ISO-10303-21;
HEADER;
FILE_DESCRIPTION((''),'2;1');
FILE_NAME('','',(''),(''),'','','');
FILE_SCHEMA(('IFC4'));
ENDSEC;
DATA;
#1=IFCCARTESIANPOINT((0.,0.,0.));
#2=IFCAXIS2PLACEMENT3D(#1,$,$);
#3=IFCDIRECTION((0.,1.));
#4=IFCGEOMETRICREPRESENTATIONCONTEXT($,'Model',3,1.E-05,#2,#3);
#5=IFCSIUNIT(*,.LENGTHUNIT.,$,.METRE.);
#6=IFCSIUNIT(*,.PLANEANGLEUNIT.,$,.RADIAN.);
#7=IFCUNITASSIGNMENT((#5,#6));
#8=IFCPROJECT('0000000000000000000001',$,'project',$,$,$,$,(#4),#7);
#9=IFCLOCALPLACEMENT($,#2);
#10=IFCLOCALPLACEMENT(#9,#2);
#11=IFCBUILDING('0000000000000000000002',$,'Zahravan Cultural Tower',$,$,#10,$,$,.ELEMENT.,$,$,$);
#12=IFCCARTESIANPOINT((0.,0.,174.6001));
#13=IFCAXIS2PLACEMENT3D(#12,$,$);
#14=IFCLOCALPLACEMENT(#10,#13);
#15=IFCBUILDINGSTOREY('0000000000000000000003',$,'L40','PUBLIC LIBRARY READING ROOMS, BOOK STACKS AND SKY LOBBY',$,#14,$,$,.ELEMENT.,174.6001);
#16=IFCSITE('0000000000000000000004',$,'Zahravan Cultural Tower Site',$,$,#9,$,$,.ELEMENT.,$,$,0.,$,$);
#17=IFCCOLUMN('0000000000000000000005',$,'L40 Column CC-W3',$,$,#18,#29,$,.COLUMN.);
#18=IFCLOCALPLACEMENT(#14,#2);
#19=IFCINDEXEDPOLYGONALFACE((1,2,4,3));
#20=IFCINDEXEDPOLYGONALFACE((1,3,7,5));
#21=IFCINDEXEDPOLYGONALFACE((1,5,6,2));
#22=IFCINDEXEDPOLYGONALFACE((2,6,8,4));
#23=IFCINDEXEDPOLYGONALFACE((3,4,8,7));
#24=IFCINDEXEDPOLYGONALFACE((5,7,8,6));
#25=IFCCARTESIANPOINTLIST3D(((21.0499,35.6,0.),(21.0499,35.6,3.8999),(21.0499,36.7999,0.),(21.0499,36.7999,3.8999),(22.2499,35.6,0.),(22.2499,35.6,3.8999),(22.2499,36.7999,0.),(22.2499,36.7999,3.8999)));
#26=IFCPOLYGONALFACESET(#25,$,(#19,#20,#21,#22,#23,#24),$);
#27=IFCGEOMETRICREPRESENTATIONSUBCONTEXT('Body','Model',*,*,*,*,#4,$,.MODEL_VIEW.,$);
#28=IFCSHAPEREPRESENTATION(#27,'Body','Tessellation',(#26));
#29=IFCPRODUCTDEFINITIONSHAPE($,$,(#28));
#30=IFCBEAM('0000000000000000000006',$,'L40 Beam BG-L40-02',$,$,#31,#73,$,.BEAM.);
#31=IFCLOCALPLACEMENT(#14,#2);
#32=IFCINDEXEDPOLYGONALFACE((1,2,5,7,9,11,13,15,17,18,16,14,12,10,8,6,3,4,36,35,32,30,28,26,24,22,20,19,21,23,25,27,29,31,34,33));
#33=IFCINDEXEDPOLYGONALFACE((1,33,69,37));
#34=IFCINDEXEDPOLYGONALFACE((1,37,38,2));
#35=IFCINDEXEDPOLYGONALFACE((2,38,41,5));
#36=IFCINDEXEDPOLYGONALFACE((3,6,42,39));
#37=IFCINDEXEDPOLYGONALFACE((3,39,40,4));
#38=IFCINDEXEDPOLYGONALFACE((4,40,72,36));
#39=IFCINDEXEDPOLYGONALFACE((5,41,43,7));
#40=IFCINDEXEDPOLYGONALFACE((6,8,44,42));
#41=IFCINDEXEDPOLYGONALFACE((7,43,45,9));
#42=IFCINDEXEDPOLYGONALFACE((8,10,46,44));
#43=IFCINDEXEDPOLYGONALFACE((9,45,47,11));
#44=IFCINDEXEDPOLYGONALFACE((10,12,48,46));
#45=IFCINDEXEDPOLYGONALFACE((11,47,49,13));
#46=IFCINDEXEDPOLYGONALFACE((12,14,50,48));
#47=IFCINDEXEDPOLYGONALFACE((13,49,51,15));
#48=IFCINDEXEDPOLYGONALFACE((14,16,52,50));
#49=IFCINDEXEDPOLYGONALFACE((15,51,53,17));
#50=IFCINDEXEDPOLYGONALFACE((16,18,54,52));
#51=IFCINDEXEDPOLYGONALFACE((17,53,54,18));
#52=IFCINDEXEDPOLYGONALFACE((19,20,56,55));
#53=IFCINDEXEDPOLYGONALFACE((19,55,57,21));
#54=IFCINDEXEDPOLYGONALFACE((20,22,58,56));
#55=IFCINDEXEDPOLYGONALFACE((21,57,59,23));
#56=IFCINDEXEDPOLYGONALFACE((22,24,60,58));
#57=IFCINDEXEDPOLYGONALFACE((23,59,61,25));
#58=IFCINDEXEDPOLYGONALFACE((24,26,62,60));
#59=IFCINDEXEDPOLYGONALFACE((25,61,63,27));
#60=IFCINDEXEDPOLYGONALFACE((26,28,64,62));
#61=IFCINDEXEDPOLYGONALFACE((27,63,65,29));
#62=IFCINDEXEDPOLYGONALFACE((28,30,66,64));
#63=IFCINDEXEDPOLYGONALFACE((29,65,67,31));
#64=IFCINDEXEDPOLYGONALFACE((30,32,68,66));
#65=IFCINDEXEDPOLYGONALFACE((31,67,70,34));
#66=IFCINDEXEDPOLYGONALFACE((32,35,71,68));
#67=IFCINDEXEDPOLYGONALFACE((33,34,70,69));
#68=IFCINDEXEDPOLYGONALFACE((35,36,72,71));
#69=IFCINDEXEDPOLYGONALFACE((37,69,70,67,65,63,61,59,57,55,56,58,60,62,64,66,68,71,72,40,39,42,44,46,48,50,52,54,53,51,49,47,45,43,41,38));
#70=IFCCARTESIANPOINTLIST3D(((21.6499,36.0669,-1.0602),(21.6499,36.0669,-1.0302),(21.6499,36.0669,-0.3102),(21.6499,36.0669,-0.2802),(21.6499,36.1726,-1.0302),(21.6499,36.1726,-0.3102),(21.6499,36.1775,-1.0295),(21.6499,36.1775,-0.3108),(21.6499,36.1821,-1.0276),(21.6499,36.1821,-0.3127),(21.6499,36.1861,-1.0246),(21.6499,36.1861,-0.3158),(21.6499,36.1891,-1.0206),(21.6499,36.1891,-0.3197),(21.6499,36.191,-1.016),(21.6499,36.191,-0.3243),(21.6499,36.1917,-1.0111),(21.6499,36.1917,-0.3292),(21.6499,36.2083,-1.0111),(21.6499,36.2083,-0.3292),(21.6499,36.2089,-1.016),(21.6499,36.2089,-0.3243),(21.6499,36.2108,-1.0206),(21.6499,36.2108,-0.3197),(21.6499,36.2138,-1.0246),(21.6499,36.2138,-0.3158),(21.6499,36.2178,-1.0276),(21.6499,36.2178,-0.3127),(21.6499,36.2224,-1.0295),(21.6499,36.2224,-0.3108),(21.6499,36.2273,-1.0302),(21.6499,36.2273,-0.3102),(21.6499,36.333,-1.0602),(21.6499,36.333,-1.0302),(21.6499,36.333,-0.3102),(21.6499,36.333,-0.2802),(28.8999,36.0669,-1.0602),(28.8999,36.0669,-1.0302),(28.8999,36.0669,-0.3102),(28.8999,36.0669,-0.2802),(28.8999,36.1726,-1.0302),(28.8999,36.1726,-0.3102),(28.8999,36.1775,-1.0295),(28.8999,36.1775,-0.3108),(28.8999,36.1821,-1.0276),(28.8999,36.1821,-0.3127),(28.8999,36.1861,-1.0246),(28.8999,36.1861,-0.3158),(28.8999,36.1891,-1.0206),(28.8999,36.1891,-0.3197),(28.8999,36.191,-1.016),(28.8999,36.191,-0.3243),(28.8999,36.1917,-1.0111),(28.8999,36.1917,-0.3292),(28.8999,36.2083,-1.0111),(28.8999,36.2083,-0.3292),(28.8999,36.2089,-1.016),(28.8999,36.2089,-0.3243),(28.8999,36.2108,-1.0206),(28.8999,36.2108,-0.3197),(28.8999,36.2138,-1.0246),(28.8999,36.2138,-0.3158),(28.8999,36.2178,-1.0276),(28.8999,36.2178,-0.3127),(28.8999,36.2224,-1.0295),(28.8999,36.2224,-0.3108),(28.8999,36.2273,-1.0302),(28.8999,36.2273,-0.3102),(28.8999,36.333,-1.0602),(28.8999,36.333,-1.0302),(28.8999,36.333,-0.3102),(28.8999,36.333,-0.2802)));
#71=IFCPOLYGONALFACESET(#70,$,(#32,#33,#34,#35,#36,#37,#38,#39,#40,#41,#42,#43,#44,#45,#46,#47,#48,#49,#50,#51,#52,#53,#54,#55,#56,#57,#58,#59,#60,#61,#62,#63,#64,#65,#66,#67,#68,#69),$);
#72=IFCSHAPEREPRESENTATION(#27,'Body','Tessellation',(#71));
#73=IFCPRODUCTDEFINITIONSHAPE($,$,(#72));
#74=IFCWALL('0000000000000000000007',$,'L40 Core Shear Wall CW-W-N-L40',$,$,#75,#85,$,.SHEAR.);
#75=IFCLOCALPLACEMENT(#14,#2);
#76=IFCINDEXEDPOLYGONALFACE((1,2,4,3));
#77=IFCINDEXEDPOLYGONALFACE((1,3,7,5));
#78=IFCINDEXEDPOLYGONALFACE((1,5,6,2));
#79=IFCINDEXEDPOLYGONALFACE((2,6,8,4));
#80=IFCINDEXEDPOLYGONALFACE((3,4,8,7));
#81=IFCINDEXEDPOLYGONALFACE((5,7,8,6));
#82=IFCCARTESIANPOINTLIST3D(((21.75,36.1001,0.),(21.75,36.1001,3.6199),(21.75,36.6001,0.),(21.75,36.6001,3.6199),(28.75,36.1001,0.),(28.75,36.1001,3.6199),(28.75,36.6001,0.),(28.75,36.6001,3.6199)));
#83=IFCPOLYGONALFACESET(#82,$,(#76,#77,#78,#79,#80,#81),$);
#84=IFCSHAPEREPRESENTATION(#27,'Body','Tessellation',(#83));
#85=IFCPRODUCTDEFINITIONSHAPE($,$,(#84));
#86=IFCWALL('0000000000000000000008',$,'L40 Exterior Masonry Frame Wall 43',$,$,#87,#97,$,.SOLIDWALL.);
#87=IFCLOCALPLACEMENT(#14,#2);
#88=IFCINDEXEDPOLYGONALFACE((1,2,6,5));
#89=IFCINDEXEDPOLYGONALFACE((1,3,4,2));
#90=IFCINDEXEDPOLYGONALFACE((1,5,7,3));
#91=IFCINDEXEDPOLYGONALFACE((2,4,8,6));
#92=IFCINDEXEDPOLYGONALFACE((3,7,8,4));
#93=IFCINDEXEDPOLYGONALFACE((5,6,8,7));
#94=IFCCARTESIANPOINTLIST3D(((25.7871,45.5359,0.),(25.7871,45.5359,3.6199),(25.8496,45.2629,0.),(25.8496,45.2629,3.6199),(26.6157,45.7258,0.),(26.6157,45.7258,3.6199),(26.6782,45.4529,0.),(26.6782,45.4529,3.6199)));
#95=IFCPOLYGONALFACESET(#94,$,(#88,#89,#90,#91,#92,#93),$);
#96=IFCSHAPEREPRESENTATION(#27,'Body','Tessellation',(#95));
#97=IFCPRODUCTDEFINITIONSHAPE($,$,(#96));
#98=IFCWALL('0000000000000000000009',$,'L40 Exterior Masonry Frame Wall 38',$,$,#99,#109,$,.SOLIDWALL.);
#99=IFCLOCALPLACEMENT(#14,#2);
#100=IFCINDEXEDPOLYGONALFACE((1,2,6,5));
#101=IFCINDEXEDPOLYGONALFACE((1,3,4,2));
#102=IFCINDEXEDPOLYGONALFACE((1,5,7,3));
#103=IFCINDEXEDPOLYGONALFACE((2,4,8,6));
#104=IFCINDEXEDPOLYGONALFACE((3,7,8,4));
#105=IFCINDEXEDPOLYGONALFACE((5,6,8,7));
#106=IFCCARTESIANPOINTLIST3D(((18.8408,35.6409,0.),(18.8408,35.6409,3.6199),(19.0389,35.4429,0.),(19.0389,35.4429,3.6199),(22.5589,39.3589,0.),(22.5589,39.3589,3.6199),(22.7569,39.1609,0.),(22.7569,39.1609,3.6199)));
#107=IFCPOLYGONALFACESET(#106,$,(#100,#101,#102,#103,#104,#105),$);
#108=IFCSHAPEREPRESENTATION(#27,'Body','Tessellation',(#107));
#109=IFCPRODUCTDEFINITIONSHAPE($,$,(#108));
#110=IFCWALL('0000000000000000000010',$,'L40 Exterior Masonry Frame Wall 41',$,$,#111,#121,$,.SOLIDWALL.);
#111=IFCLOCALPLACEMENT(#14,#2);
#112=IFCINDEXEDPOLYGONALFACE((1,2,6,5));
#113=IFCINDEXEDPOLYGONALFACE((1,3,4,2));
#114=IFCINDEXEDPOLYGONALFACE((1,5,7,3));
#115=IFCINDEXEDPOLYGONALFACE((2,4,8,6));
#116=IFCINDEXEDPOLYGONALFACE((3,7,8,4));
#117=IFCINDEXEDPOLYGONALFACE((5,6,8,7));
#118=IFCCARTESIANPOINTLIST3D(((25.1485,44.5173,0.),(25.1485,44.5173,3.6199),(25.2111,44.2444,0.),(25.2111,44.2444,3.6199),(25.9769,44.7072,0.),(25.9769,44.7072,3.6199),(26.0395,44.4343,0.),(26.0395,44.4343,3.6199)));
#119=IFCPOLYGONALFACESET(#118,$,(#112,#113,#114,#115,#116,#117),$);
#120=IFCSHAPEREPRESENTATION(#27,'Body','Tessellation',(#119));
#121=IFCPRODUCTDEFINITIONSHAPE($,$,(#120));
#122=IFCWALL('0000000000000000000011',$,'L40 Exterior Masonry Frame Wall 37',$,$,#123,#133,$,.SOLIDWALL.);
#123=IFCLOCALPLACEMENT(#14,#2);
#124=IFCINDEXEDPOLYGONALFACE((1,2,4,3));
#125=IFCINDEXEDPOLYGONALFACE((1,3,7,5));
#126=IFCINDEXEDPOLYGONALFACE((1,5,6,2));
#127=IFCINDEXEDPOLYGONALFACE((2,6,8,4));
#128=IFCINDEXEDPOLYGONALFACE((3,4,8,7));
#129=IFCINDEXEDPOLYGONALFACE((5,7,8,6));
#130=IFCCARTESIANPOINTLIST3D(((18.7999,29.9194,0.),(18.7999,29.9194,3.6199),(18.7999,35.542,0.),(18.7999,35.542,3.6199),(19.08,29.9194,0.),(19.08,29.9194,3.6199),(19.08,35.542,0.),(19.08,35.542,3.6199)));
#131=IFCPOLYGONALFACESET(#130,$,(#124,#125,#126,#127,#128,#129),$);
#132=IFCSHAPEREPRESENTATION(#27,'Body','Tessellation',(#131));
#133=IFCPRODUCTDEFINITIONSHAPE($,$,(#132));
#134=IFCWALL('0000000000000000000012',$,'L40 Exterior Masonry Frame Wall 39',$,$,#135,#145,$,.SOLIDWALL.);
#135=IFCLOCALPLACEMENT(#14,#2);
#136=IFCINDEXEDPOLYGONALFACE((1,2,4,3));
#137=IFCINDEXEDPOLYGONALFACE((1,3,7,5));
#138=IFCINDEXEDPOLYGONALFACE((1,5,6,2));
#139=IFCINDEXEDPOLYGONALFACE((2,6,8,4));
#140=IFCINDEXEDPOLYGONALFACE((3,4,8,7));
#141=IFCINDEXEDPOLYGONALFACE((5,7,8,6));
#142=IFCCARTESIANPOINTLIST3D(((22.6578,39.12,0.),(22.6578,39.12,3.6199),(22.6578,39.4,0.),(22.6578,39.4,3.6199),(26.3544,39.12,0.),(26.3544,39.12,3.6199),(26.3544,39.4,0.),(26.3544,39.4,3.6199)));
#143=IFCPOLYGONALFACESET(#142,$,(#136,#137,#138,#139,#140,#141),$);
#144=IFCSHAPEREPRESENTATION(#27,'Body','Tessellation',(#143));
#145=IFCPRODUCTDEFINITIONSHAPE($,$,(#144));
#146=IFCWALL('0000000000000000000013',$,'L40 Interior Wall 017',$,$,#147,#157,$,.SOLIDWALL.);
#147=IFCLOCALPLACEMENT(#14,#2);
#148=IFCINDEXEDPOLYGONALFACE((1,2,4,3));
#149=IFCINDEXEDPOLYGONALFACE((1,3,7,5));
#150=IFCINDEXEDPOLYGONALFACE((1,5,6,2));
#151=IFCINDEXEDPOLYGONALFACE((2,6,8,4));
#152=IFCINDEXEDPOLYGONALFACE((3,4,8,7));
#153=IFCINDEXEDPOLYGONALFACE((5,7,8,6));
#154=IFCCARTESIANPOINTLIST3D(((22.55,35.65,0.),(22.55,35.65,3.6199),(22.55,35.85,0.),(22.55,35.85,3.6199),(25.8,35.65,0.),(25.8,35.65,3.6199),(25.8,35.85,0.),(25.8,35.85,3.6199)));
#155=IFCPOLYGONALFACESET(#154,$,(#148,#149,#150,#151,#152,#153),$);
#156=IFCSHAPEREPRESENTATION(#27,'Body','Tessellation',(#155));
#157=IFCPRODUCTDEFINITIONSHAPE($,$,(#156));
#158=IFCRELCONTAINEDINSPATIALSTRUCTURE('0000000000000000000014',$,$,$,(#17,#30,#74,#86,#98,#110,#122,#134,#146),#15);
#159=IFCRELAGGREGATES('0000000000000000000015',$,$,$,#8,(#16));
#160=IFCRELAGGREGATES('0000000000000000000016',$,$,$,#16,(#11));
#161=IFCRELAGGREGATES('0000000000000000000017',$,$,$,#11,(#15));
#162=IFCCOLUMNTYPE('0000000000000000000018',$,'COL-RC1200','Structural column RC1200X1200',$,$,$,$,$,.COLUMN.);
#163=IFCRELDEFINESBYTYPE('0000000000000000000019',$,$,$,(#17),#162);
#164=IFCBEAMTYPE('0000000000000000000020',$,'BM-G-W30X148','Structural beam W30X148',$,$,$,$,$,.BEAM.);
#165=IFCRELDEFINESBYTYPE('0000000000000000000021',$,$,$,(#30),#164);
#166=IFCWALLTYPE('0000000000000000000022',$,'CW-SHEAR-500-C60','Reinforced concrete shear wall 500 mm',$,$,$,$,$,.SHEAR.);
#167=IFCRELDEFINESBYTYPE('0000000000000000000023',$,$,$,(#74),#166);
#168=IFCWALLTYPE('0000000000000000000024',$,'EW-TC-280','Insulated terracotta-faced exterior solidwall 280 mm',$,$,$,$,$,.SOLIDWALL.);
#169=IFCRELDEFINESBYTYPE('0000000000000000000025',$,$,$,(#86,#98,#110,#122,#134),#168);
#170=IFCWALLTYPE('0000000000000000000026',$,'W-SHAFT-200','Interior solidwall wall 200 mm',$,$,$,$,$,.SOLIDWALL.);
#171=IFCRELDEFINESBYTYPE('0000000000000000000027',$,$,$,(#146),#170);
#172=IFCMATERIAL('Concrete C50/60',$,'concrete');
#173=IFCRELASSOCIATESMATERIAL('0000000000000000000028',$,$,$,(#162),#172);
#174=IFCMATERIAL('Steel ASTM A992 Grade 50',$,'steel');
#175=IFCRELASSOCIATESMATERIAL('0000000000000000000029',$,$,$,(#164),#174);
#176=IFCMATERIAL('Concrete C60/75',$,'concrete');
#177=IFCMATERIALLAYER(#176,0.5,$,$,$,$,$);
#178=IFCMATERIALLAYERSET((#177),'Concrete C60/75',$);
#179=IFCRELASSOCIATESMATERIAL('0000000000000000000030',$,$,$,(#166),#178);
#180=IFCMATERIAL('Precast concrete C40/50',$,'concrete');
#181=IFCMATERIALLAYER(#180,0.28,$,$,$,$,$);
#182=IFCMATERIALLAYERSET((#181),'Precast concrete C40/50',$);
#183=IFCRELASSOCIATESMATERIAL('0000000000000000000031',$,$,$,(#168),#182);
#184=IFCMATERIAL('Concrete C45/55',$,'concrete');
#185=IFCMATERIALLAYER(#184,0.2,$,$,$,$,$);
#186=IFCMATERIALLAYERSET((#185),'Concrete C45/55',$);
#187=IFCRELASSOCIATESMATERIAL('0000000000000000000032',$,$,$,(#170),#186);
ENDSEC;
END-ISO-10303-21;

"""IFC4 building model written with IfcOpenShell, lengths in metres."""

from ifc_helpers import new_model, si_unit, direction, frame, frame_2d, origin, origin_2d, place, context, subcontext, project, spatial, rectangle, i_section, extrude, source, transform, mapped, material, layer, layer_set, material_profile, profile_set, type_object, element, save


model = new_model("IFC4")

# Units and contexts
model_context = context("Model", 3, precision=1e-05, world=origin(), true_north=direction((0.0, 1.0)))
body_context = subcontext(model_context, "Body", "Model", "MODEL_VIEW")
ifc_project = project(units=[si_unit("LENGTHUNIT", "METRE"), si_unit("PLANEANGLEUNIT", "RADIAN")], contexts=[model_context])

# Site, building, storey
site_placement = place(None, origin())
site = spatial("IfcSite", under=ifc_project, at=site_placement, Name="Zahravan Cultural Tower Site", CompositionType="ELEMENT", RefElevation=0.0)
building_placement = place(site_placement, origin())
building = spatial("IfcBuilding", under=site, at=building_placement, Name="Zahravan Cultural Tower", CompositionType="ELEMENT")
storey_placement = place(building_placement, frame((0.0, 0.0, 174.6001)))
storey = spatial("IfcBuildingStorey", under=building, at=storey_placement, Name="L40", Description="PUBLIC LIBRARY READING ROOMS, BOOK STACKS AND SKY LOBBY", CompositionType="ELEMENT", Elevation=174.6001)

# Column
ifc_material_1 = material(Name="Concrete C50/60", Category="concrete")
ifc_material_profile_1 = material_profile(ifc_material_1, rectangle(XDim=1.2, YDim=1.2, at=origin_2d()), Name="RC1200X1200")
ifc_profile_set_1 = profile_set([ifc_material_profile_1], Name="Concrete C50/60")
column_type = type_object("IfcColumnType", Name="COL-RC1200", Description="Structural column RC1200X1200", PredefinedType="COLUMN", material=ifc_profile_set_1)
shared_shape_1 = source(origin(), body_context, "Body", "SweptSolid", [
    extrude(rectangle(XDim=1.2, YDim=1.2, at=origin_2d()), origin(), (0.0, 0.0, 1.0), 3.8999),
])
column_placement = place(storey_placement, frame((21.6499, 36.2, 0.0), z_axis=(0.0, 0.0, 1.0), x_axis=(1.0, 0.0, 0.0)))
element("IfcColumn", 1, at=column_placement, inside=storey, type_object=column_type, Name="L40 Column CC-W3", PredefinedType="COLUMN", context=body_context, shape_type="MappedRepresentation", body=[
    mapped(shared_shape_1, transform((0.0, 0.0, 0.0), x_axis=(1.0, 0.0, 0.0), y_axis=(0.0, 1.0, 0.0), z_axis=(0.0, 0.0, 1.0), scale=1.0)),
])

# Beam
ifc_material_2 = material(Name="Steel ASTM A992 Grade 50", Category="steel")
ifc_material_profile_2 = material_profile(ifc_material_2, i_section(OverallWidth=0.2661, OverallDepth=0.78, WebThickness=0.0166, FlangeThickness=0.03, FilletRadius=0.019, at=origin_2d()), Name="W30X148")
ifc_profile_set_2 = profile_set([ifc_material_profile_2], Name="Steel ASTM A992 Grade 50")
beam_type = type_object("IfcBeamType", Name="BM-G-W30X148", Description="Structural beam W30X148", PredefinedType="BEAM", material=ifc_profile_set_2)
shared_shape_2 = source(origin(), body_context, "Body", "SweptSolid", [
    extrude(i_section(OverallWidth=0.2661, OverallDepth=0.78, WebThickness=0.0166, FlangeThickness=0.03, FilletRadius=0.019, at=origin_2d()), origin(), (0.0, 0.0, 1.0), 7.25),
])
beam_placement = place(storey_placement, frame((21.6499, 36.2, -0.6702), z_axis=(1.0, 0.0, 0.0), x_axis=(0.0, 1.0, 0.0)))
element("IfcBeam", 2, at=beam_placement, inside=storey, type_object=beam_type, Name="L40 Beam BG-L40-02", PredefinedType="BEAM", context=body_context, shape_type="MappedRepresentation", body=[
    mapped(shared_shape_2, transform((0.0, 0.0, 0.0), x_axis=(1.0, 0.0, 0.0), y_axis=(0.0, 1.0, 0.0), z_axis=(0.0, 0.0, 1.0), scale=1.0)),
])

# Walls
ifc_material_3 = material(Name="Concrete C60/75", Category="concrete")
ifc_layer_1 = layer(ifc_material_3, 0.5)
ifc_layer_set_1 = layer_set([ifc_layer_1], Name="Concrete C60/75")
wall_type_1 = type_object("IfcWallType", Name="CW-SHEAR-500-C60", Description="Reinforced concrete shear wall 500 mm", PredefinedType="SHEAR", material=ifc_layer_set_1)
shared_shape_3 = source(origin(), body_context, "Body", "SweptSolid", [
    extrude(rectangle(XDim=7.0, YDim=0.5, at=frame_2d((3.5, 0.0))), origin(), (0.0, 0.0, 1.0), 3.6199),
])
wall_1_placement = place(storey_placement, frame((21.75, 36.3501, 0.0), z_axis=(0.0, 0.0, 1.0), x_axis=(1.0, 0.0, 0.0)))
element("IfcWall", 3, at=wall_1_placement, inside=storey, type_object=wall_type_1, Name="L40 Core Shear Wall CW-W-N-L40", PredefinedType="SHEAR", context=body_context, shape_type="MappedRepresentation", body=[
    mapped(shared_shape_3, transform((0.0, 0.0, 0.0), x_axis=(1.0, 0.0, 0.0), y_axis=(0.0, 1.0, 0.0), z_axis=(0.0, 0.0, 1.0), scale=1.0)),
])
ifc_material_4 = material(Name="Precast concrete C40/50", Category="concrete")
ifc_layer_2 = layer(ifc_material_4, 0.28)
ifc_layer_set_2 = layer_set([ifc_layer_2], Name="Precast concrete C40/50")
wall_type_2 = type_object("IfcWallType", Name="EW-TC-280", Description="Insulated terracotta-faced exterior solidwall 280 mm", PredefinedType="SOLIDWALL", material=ifc_layer_set_2)
shared_shape_4 = source(origin(), body_context, "Body", "SweptSolid", [
    extrude(rectangle(XDim=0.8501, YDim=0.28, at=frame_2d((0.425, 0.0))), origin(), (0.0, 0.0, 1.0), 3.6199),
])
wall_2_placement = place(storey_placement, frame((25.8184, 45.3994, 0.0), z_axis=(0.0, 0.0, 1.0), x_axis=(0.974719, 0.223433, 0.0)))
element("IfcWall", 4, at=wall_2_placement, inside=storey, type_object=wall_type_2, Name="L40 Exterior Masonry Frame Wall 43", PredefinedType="SOLIDWALL", context=body_context, shape_type="MappedRepresentation", body=[
    mapped(shared_shape_4, transform((0.0, 0.0, 0.0), x_axis=(1.0, 0.0, 0.0), y_axis=(0.0, 1.0, 0.0), z_axis=(0.0, 0.0, 1.0), scale=1.0)),
])
shared_shape_5 = source(origin(), body_context, "Body", "SweptSolid", [
    extrude(rectangle(XDim=5.2581, YDim=0.28, at=frame_2d((2.6289, 0.0))), origin(), (0.0, 0.0, 1.0), 3.6199),
])
wall_3_placement = place(storey_placement, frame((18.9399, 35.542, 0.0), z_axis=(0.0, 0.0, 1.0), x_axis=(0.707107, 0.707107, 0.0)))
element("IfcWall", 5, at=wall_3_placement, inside=storey, type_object=wall_type_2, Name="L40 Exterior Masonry Frame Wall 38", PredefinedType="SOLIDWALL", context=body_context, shape_type="MappedRepresentation", body=[
    mapped(shared_shape_5, transform((0.0, 0.0, 0.0), x_axis=(1.0, 0.0, 0.0), y_axis=(0.0, 1.0, 0.0), z_axis=(0.0, 0.0, 1.0), scale=1.0)),
])
shared_shape_6 = source(origin(), body_context, "Body", "SweptSolid", [
    extrude(rectangle(XDim=0.8499, YDim=0.28, at=frame_2d((0.4248, 0.0))), origin(), (0.0, 0.0, 1.0), 3.6199),
])
wall_4_placement = place(storey_placement, frame((25.1799, 44.3809, 0.0), z_axis=(0.0, 0.0, 1.0), x_axis=(0.974705, 0.223496, 0.0)))
element("IfcWall", 6, at=wall_4_placement, inside=storey, type_object=wall_type_2, Name="L40 Exterior Masonry Frame Wall 41", PredefinedType="SOLIDWALL", context=body_context, shape_type="MappedRepresentation", body=[
    mapped(shared_shape_6, transform((0.0, 0.0, 0.0), x_axis=(1.0, 0.0, 0.0), y_axis=(0.0, 1.0, 0.0), z_axis=(0.0, 0.0, 1.0), scale=1.0)),
])
shared_shape_7 = source(origin(), body_context, "Body", "SweptSolid", [
    extrude(rectangle(XDim=5.6226, YDim=0.28, at=frame_2d((2.8113, 0.0))), origin(), (0.0, 0.0, 1.0), 3.6199),
])
wall_5_placement = place(storey_placement, frame((18.9399, 29.9194, 0.0), z_axis=(0.0, 0.0, 1.0), x_axis=(0.0, 1.0, 0.0)))
element("IfcWall", 7, at=wall_5_placement, inside=storey, type_object=wall_type_2, Name="L40 Exterior Masonry Frame Wall 37", PredefinedType="SOLIDWALL", context=body_context, shape_type="MappedRepresentation", body=[
    mapped(shared_shape_7, transform((0.0, 0.0, 0.0), x_axis=(1.0, 0.0, 0.0), y_axis=(0.0, 1.0, 0.0), z_axis=(0.0, 0.0, 1.0), scale=1.0)),
])
shared_shape_8 = source(origin(), body_context, "Body", "SweptSolid", [
    extrude(rectangle(XDim=3.6965, YDim=0.28, at=frame_2d((1.8481, 0.0))), origin(), (0.0, 0.0, 1.0), 3.6199),
])
wall_6_placement = place(storey_placement, frame((22.658, 39.26, 0.0), z_axis=(0.0, 0.0, 1.0), x_axis=(1.0, 0.0, 0.0)))
element("IfcWall", 8, at=wall_6_placement, inside=storey, type_object=wall_type_2, Name="L40 Exterior Masonry Frame Wall 39", PredefinedType="SOLIDWALL", context=body_context, shape_type="MappedRepresentation", body=[
    mapped(shared_shape_8, transform((0.0, 0.0, 0.0), x_axis=(1.0, 0.0, 0.0), y_axis=(0.0, 1.0, 0.0), z_axis=(0.0, 0.0, 1.0), scale=1.0)),
])
ifc_material_5 = material(Name="Concrete C45/55", Category="concrete")
ifc_layer_3 = layer(ifc_material_5, 0.2)
ifc_layer_set_3 = layer_set([ifc_layer_3], Name="Concrete C45/55")
wall_type_3 = type_object("IfcWallType", Name="W-SHAFT-200", Description="Interior solidwall wall 200 mm", PredefinedType="SOLIDWALL", material=ifc_layer_set_3)
shared_shape_9 = source(origin(), body_context, "Body", "SweptSolid", [
    extrude(rectangle(XDim=3.25, YDim=0.2, at=frame_2d((1.625, 0.0))), origin(), (0.0, 0.0, 1.0), 3.6199),
])
wall_7_placement = place(storey_placement, frame((22.55, 35.75, 0.0), z_axis=(0.0, 0.0, 1.0), x_axis=(1.0, 0.0, 0.0)))
element("IfcWall", 9, at=wall_7_placement, inside=storey, type_object=wall_type_3, Name="L40 Interior Wall 017", PredefinedType="SOLIDWALL", context=body_context, shape_type="MappedRepresentation", body=[
    mapped(shared_shape_9, transform((0.0, 0.0, 0.0), x_axis=(1.0, 0.0, 0.0), y_axis=(0.0, 1.0, 0.0), z_axis=(0.0, 0.0, 1.0), scale=1.0)),
])

save(model, "model.ifc")
